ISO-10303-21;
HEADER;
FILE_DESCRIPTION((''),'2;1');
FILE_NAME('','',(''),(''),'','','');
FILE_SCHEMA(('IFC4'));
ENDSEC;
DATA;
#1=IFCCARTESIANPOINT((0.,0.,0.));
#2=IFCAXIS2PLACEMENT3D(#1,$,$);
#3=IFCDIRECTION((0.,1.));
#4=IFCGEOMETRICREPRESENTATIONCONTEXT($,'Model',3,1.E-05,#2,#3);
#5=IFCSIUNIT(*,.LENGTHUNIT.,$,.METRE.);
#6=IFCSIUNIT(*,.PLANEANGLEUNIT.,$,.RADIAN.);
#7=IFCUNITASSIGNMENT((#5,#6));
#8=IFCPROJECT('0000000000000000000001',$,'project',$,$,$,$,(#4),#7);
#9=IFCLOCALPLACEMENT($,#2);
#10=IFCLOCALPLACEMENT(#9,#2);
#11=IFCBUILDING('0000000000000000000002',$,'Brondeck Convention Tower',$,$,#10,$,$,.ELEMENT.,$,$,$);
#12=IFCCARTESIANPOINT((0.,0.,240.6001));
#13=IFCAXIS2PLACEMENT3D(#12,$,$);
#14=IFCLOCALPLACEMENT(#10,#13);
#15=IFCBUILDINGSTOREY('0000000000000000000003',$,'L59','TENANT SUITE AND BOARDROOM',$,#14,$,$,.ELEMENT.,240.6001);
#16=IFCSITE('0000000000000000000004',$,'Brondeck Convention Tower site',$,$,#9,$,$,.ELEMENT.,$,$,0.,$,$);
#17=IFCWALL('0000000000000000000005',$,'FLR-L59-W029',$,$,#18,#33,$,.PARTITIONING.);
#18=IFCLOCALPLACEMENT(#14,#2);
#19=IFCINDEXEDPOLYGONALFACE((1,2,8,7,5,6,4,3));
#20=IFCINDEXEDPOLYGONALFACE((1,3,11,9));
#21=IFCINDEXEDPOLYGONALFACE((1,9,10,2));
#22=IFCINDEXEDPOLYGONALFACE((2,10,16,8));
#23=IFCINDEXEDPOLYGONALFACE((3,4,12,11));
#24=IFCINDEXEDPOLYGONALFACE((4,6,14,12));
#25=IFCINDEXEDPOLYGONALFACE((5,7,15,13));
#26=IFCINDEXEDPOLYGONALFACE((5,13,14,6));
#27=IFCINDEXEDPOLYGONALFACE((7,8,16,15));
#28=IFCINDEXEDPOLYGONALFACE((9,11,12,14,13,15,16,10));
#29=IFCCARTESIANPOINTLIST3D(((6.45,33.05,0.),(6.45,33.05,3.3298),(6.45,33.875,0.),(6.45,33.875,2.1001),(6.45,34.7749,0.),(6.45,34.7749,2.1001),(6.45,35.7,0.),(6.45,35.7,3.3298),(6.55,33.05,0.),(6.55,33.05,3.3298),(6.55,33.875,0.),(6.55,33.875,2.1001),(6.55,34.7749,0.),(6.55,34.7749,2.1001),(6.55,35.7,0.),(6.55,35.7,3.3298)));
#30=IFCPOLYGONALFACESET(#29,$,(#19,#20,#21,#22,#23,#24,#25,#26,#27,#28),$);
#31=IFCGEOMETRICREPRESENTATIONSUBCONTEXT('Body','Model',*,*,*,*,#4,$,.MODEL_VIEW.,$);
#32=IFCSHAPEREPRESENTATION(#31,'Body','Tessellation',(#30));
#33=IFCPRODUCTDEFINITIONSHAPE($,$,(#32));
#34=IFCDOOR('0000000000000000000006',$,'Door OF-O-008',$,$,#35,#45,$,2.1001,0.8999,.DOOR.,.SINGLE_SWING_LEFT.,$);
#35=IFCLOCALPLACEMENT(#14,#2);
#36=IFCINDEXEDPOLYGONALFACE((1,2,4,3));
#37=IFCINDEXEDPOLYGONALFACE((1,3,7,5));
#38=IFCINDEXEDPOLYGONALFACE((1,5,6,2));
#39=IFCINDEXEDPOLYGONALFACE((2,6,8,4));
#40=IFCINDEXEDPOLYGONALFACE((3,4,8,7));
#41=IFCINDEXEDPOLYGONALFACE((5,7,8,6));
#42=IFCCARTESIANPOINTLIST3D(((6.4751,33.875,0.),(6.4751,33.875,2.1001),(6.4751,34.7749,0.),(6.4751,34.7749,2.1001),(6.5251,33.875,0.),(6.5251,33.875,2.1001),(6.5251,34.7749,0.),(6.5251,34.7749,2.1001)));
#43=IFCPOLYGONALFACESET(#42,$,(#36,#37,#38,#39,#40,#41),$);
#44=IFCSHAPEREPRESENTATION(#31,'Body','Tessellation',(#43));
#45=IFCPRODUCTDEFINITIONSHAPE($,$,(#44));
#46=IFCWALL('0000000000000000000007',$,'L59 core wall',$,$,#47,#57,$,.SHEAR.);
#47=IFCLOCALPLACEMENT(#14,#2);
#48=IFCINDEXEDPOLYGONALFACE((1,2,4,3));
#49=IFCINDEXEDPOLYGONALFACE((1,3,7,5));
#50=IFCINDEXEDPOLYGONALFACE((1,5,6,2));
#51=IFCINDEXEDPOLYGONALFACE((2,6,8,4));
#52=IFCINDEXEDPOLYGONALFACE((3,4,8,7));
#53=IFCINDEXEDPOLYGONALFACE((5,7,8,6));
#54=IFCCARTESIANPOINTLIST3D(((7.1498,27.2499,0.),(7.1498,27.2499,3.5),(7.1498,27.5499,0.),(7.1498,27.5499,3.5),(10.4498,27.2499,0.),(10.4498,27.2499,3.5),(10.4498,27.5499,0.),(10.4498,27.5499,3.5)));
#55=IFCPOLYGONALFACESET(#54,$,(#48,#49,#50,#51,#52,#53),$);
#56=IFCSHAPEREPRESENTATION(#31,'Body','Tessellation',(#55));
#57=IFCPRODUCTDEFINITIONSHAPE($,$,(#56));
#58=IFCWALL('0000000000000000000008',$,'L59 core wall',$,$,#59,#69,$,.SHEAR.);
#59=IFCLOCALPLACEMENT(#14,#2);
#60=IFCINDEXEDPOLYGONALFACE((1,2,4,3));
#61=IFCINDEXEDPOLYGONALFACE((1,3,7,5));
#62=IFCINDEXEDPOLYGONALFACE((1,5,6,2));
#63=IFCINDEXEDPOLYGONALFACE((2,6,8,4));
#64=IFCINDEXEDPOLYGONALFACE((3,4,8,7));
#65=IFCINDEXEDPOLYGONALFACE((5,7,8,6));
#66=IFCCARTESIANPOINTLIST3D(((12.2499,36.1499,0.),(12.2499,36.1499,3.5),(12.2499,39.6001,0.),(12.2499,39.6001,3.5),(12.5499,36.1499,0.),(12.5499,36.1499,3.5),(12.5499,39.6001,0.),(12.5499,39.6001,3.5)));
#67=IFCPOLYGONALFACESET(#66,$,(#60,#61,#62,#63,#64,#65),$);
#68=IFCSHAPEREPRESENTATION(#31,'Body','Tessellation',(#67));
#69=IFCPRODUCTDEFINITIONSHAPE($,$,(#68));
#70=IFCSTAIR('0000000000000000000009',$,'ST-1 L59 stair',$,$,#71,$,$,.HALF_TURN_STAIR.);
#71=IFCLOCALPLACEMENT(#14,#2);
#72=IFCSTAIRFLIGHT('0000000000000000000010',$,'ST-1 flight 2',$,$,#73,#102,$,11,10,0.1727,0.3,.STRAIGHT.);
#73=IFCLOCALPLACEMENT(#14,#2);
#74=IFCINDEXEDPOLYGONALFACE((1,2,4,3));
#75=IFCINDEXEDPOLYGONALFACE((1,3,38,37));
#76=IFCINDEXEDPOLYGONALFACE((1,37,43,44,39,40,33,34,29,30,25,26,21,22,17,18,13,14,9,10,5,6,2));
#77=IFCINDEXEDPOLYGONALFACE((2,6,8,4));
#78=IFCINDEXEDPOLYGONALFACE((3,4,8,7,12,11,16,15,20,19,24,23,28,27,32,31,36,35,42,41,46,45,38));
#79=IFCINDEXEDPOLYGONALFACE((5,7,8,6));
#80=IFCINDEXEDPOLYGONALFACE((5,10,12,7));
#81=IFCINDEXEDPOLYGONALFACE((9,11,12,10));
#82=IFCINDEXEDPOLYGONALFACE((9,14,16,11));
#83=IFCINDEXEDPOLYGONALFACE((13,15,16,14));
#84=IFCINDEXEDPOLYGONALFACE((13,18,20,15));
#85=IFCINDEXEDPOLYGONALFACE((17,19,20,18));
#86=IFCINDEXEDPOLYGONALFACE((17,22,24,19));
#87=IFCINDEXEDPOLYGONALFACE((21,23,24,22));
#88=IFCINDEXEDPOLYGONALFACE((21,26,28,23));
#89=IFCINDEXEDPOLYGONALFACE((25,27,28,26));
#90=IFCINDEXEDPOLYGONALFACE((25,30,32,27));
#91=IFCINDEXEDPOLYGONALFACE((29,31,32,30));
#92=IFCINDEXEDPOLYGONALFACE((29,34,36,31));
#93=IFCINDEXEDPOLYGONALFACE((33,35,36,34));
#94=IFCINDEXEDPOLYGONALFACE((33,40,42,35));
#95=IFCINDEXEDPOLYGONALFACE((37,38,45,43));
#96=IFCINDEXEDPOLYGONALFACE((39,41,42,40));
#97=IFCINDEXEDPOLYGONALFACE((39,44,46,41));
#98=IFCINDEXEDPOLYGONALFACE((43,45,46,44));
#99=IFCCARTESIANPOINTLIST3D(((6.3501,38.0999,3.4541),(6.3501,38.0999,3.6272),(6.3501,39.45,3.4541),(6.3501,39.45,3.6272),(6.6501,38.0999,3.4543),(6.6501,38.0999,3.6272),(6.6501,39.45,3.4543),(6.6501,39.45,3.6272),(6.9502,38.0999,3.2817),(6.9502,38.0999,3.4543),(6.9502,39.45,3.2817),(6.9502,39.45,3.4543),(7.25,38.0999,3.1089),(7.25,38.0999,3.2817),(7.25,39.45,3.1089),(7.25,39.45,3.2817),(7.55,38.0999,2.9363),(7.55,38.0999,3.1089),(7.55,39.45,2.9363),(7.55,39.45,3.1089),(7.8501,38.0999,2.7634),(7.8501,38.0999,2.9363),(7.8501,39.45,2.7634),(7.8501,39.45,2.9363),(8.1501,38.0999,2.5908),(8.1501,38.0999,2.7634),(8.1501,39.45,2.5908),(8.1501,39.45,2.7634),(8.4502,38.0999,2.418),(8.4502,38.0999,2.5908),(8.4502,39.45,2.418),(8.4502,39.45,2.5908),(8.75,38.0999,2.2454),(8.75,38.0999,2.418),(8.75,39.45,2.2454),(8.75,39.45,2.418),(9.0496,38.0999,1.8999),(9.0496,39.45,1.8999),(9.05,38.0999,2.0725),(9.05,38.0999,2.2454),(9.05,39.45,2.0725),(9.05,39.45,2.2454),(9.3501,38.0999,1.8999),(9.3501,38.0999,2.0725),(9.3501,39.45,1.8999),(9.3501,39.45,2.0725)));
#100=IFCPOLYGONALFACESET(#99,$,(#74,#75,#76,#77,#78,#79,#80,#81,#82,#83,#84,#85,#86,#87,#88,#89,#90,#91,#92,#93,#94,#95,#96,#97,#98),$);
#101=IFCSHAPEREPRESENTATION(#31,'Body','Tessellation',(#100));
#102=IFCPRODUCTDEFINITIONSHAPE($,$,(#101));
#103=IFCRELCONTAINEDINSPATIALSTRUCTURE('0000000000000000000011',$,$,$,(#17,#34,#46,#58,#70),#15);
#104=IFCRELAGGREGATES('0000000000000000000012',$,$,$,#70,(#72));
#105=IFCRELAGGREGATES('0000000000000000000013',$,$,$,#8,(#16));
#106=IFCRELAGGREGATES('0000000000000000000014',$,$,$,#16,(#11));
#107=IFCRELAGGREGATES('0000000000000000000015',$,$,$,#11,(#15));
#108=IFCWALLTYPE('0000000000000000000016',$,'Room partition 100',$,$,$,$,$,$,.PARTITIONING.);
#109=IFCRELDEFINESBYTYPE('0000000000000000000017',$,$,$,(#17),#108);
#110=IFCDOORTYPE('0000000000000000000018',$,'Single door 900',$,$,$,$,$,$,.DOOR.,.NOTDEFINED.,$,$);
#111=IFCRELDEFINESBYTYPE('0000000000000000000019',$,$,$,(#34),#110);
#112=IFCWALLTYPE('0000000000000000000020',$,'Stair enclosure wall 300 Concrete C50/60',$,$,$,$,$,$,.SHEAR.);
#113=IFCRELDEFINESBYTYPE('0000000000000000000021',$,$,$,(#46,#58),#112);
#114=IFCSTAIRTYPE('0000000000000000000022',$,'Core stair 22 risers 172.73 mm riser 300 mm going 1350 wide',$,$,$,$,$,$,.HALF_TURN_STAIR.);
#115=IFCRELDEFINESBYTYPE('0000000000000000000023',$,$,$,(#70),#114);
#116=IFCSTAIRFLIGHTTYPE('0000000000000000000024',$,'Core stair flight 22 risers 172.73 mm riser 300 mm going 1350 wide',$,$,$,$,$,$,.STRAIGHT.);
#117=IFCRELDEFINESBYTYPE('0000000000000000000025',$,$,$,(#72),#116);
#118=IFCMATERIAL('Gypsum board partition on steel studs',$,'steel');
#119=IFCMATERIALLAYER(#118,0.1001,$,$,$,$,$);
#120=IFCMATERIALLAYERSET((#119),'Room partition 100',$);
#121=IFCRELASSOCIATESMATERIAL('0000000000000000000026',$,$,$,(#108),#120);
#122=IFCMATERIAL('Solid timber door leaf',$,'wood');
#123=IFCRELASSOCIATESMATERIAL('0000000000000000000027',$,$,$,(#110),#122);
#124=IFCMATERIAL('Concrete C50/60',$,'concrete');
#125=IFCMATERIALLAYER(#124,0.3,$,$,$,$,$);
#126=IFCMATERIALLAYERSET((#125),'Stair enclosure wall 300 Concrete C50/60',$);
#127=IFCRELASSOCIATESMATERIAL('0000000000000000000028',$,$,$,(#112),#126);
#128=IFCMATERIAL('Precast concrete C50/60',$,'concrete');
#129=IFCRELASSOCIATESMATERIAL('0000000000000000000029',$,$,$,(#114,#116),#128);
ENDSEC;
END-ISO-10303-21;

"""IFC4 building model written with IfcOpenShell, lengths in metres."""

from ifc_helpers import new_model, si_unit, direction, frame, frame_2d, origin, place, context, subcontext, project, spatial, polyline, rectangle, outline, extrude, material, layer, layer_set, type_object, element, fill, aggregate, save


model = new_model("IFC4")

# Units and contexts
model_context = context("Model", 3, precision=1e-05, world=origin(), true_north=direction((0.0, 1.0)))
body_context = subcontext(model_context, "Body", "Model", "MODEL_VIEW")
ifc_project = project(units=[si_unit("LENGTHUNIT", "METRE"), si_unit("PLANEANGLEUNIT", "RADIAN")], contexts=[model_context])

# Site, building, storey
site_placement = place(None, origin())
site = spatial("IfcSite", under=ifc_project, at=site_placement, Name="Brondeck Convention Tower site", CompositionType="ELEMENT", RefElevation=0.0)
building_placement = place(site_placement, origin())
building = spatial("IfcBuilding", under=site, at=building_placement, Name="Brondeck Convention Tower", CompositionType="ELEMENT")
storey_placement = place(building_placement, frame((0.0, 0.0, 240.6001)))
storey = spatial("IfcBuildingStorey", under=building, at=storey_placement, Name="L59", Description="TENANT SUITE AND BOARDROOM", CompositionType="ELEMENT", Elevation=240.6001)

# Shared definitions
ifc_material_1 = material(Name="Concrete C50/60", Category="concrete")

# Shared definitions
ifc_material_2 = material(Name="Gypsum board partition on steel studs", Category="steel")
ifc_layer_1 = layer(ifc_material_2, 0.1001)
ifc_layer_set_1 = layer_set([ifc_layer_1], Name="Room partition 100")
wall_type_1 = type_object("IfcWallType", Name="Room partition 100", PredefinedType="PARTITIONING", material=ifc_layer_set_1)

# Wall, opening, door
wall_1_placement = place(storey_placement, frame((6.5, 33.05, 0.0), z_axis=(0.0, 0.0, 1.0), x_axis=(0.0, 1.0, 0.0)))
wall_1 = element("IfcWall", 1, at=wall_1_placement, inside=storey, type_object=wall_type_1, Name="FLR-L59-W029", PredefinedType="PARTITIONING", context=body_context, shape_type="SweptSolid", body=[
    extrude(rectangle(XDim=2.6499, YDim=0.1001, at=frame_2d((1.325, 0.0))), origin(), (0.0, 0.0, 1.0), 3.3298),
])
opening_1_placement = place(wall_1_placement, frame((0.825, 0.0, 0.0)))
opening_1 = element("IfcOpeningElement", 2, at=opening_1_placement, cuts=wall_1, PredefinedType="OPENING", context=body_context, shape_type="SweptSolid", body=[
    extrude(rectangle(XDim=0.8999, YDim=2.1001, at=frame_2d((0.45, 1.05))), frame((0.0, 0.0601, 0.0), z_axis=(0.0, -1.0, 0.0), x_axis=(1.0, 0.0, 0.0)), (0.0, 0.0, 1.0), 0.1201),
])
ifc_material_3 = material(Name="Solid timber door leaf", Category="wood")
door_type_1 = type_object("IfcDoorType", Name="Single door 900", OperationType="NOTDEFINED", PredefinedType="DOOR", material=ifc_material_3)
door_1_placement = place(opening_1_placement, origin())
door_1 = element("IfcDoor", 3, at=door_1_placement, inside=storey, type_object=door_type_1, Name="Door OF-O-008", OperationType="SINGLE_SWING_LEFT", OverallHeight=2.1001, OverallWidth=0.8999, PredefinedType="DOOR", context=body_context, shape_type="SweptSolid", body=[
    extrude(rectangle(XDim=0.8999, YDim=2.1001, at=frame_2d((0.45, 1.05))), frame((0.0, 0.0249, 0.0), z_axis=(0.0, -1.0, 0.0), x_axis=(1.0, 0.0, 0.0)), (0.0, 0.0, 1.0), 0.05),
])
fill(opening_1, door_1)

# Walls
ifc_layer_2 = layer(ifc_material_1, 0.3)
ifc_layer_set_2 = layer_set([ifc_layer_2], Name="Stair enclosure wall 300 Concrete C50/60")
wall_type_2 = type_object("IfcWallType", Name="Stair enclosure wall 300 Concrete C50/60", PredefinedType="SHEAR", material=ifc_layer_set_2)
wall_2_placement = place(storey_placement, frame((7.1499, 27.3999, 0.0), z_axis=(0.0, 0.0, 1.0), x_axis=(1.0, 0.0, 0.0)))
element("IfcWall", 4, at=wall_2_placement, inside=storey, type_object=wall_type_2, Name="L59 core wall", PredefinedType="SHEAR", context=body_context, shape_type="SweptSolid", body=[
    extrude(rectangle(XDim=3.3, YDim=0.3, at=frame_2d((1.6499, 0.0))), origin(), (0.0, 0.0, 1.0), 3.5),
])
wall_3_placement = place(storey_placement, frame((12.3999, 36.1499, 0.0), z_axis=(0.0, 0.0, 1.0), x_axis=(0.0, 1.0, 0.0)))
element("IfcWall", 5, at=wall_3_placement, inside=storey, type_object=wall_type_2, Name="L59 core wall", PredefinedType="SHEAR", context=body_context, shape_type="SweptSolid", body=[
    extrude(rectangle(XDim=3.4502, YDim=0.3, at=frame_2d((1.7251, 0.0))), origin(), (0.0, 0.0, 1.0), 3.5),
])

# Stair, stair flight
ifc_material_4 = material(Name="Precast concrete C50/60", Category="concrete")
stair_type = type_object("IfcStairType", Name="Core stair 22 risers 172.73 mm riser 300 mm going 1350 wide", PredefinedType="HALF_TURN_STAIR", material=ifc_material_4)
stair_placement = place(storey_placement, origin())
stair = element("IfcStair", 6, at=stair_placement, inside=storey, type_object=stair_type, Name="ST-1 L59 stair", PredefinedType="HALF_TURN_STAIR")
stair_flight_type = type_object("IfcStairFlightType", Name="Core stair flight 22 risers 172.73 mm riser 300 mm going 1350 wide", PredefinedType="STRAIGHT", material=ifc_material_4)
stair_flight_placement = place(storey_placement, frame((9.3501, 38.7749, 1.8999), z_axis=(0.0, 0.0, 1.0), x_axis=(-1.0, 0.0, 0.0)))
stair_flight = element("IfcStairFlight", 7, at=stair_flight_placement, type_object=stair_flight_type, Name="ST-1 flight 2", NumberOfRisers=11, NumberOfTreads=10, PredefinedType="STRAIGHT", RiserHeight=0.1727, TreadLength=0.3, context=body_context, shape_type="SweptSolid", body=[
    extrude(outline(polyline([(0.0, 0.0), (0.0, 0.1726), (0.3, 0.1726), (0.3, 0.3455), (0.6001, 0.3455), (0.6001, 0.5181), (0.8999, 0.5181), (0.8999, 0.6909), (1.2, 0.6909), (1.2, 0.8635), (1.5, 0.8635), (1.5, 1.0364), (1.8, 1.0364), (1.8, 1.209), (2.1001, 1.209), (2.1001, 1.3818), (2.3999, 1.3818), (2.3999, 1.5544), (2.7, 1.5544), (2.7, 1.7273), (3.0, 1.7273), (3.0, 1.8999), (3.0, 1.5542), (0.3005, 0.0), (0.0, 0.0)])), frame((0.0, 0.675, 0.0), z_axis=(0.0, -1.0, 0.0), x_axis=(1.0, 0.0, 0.0)), (0.0, 0.0, 1.0), 1.3501),
])
aggregate(stair, [stair_flight])

save(model, "model.ifc")
